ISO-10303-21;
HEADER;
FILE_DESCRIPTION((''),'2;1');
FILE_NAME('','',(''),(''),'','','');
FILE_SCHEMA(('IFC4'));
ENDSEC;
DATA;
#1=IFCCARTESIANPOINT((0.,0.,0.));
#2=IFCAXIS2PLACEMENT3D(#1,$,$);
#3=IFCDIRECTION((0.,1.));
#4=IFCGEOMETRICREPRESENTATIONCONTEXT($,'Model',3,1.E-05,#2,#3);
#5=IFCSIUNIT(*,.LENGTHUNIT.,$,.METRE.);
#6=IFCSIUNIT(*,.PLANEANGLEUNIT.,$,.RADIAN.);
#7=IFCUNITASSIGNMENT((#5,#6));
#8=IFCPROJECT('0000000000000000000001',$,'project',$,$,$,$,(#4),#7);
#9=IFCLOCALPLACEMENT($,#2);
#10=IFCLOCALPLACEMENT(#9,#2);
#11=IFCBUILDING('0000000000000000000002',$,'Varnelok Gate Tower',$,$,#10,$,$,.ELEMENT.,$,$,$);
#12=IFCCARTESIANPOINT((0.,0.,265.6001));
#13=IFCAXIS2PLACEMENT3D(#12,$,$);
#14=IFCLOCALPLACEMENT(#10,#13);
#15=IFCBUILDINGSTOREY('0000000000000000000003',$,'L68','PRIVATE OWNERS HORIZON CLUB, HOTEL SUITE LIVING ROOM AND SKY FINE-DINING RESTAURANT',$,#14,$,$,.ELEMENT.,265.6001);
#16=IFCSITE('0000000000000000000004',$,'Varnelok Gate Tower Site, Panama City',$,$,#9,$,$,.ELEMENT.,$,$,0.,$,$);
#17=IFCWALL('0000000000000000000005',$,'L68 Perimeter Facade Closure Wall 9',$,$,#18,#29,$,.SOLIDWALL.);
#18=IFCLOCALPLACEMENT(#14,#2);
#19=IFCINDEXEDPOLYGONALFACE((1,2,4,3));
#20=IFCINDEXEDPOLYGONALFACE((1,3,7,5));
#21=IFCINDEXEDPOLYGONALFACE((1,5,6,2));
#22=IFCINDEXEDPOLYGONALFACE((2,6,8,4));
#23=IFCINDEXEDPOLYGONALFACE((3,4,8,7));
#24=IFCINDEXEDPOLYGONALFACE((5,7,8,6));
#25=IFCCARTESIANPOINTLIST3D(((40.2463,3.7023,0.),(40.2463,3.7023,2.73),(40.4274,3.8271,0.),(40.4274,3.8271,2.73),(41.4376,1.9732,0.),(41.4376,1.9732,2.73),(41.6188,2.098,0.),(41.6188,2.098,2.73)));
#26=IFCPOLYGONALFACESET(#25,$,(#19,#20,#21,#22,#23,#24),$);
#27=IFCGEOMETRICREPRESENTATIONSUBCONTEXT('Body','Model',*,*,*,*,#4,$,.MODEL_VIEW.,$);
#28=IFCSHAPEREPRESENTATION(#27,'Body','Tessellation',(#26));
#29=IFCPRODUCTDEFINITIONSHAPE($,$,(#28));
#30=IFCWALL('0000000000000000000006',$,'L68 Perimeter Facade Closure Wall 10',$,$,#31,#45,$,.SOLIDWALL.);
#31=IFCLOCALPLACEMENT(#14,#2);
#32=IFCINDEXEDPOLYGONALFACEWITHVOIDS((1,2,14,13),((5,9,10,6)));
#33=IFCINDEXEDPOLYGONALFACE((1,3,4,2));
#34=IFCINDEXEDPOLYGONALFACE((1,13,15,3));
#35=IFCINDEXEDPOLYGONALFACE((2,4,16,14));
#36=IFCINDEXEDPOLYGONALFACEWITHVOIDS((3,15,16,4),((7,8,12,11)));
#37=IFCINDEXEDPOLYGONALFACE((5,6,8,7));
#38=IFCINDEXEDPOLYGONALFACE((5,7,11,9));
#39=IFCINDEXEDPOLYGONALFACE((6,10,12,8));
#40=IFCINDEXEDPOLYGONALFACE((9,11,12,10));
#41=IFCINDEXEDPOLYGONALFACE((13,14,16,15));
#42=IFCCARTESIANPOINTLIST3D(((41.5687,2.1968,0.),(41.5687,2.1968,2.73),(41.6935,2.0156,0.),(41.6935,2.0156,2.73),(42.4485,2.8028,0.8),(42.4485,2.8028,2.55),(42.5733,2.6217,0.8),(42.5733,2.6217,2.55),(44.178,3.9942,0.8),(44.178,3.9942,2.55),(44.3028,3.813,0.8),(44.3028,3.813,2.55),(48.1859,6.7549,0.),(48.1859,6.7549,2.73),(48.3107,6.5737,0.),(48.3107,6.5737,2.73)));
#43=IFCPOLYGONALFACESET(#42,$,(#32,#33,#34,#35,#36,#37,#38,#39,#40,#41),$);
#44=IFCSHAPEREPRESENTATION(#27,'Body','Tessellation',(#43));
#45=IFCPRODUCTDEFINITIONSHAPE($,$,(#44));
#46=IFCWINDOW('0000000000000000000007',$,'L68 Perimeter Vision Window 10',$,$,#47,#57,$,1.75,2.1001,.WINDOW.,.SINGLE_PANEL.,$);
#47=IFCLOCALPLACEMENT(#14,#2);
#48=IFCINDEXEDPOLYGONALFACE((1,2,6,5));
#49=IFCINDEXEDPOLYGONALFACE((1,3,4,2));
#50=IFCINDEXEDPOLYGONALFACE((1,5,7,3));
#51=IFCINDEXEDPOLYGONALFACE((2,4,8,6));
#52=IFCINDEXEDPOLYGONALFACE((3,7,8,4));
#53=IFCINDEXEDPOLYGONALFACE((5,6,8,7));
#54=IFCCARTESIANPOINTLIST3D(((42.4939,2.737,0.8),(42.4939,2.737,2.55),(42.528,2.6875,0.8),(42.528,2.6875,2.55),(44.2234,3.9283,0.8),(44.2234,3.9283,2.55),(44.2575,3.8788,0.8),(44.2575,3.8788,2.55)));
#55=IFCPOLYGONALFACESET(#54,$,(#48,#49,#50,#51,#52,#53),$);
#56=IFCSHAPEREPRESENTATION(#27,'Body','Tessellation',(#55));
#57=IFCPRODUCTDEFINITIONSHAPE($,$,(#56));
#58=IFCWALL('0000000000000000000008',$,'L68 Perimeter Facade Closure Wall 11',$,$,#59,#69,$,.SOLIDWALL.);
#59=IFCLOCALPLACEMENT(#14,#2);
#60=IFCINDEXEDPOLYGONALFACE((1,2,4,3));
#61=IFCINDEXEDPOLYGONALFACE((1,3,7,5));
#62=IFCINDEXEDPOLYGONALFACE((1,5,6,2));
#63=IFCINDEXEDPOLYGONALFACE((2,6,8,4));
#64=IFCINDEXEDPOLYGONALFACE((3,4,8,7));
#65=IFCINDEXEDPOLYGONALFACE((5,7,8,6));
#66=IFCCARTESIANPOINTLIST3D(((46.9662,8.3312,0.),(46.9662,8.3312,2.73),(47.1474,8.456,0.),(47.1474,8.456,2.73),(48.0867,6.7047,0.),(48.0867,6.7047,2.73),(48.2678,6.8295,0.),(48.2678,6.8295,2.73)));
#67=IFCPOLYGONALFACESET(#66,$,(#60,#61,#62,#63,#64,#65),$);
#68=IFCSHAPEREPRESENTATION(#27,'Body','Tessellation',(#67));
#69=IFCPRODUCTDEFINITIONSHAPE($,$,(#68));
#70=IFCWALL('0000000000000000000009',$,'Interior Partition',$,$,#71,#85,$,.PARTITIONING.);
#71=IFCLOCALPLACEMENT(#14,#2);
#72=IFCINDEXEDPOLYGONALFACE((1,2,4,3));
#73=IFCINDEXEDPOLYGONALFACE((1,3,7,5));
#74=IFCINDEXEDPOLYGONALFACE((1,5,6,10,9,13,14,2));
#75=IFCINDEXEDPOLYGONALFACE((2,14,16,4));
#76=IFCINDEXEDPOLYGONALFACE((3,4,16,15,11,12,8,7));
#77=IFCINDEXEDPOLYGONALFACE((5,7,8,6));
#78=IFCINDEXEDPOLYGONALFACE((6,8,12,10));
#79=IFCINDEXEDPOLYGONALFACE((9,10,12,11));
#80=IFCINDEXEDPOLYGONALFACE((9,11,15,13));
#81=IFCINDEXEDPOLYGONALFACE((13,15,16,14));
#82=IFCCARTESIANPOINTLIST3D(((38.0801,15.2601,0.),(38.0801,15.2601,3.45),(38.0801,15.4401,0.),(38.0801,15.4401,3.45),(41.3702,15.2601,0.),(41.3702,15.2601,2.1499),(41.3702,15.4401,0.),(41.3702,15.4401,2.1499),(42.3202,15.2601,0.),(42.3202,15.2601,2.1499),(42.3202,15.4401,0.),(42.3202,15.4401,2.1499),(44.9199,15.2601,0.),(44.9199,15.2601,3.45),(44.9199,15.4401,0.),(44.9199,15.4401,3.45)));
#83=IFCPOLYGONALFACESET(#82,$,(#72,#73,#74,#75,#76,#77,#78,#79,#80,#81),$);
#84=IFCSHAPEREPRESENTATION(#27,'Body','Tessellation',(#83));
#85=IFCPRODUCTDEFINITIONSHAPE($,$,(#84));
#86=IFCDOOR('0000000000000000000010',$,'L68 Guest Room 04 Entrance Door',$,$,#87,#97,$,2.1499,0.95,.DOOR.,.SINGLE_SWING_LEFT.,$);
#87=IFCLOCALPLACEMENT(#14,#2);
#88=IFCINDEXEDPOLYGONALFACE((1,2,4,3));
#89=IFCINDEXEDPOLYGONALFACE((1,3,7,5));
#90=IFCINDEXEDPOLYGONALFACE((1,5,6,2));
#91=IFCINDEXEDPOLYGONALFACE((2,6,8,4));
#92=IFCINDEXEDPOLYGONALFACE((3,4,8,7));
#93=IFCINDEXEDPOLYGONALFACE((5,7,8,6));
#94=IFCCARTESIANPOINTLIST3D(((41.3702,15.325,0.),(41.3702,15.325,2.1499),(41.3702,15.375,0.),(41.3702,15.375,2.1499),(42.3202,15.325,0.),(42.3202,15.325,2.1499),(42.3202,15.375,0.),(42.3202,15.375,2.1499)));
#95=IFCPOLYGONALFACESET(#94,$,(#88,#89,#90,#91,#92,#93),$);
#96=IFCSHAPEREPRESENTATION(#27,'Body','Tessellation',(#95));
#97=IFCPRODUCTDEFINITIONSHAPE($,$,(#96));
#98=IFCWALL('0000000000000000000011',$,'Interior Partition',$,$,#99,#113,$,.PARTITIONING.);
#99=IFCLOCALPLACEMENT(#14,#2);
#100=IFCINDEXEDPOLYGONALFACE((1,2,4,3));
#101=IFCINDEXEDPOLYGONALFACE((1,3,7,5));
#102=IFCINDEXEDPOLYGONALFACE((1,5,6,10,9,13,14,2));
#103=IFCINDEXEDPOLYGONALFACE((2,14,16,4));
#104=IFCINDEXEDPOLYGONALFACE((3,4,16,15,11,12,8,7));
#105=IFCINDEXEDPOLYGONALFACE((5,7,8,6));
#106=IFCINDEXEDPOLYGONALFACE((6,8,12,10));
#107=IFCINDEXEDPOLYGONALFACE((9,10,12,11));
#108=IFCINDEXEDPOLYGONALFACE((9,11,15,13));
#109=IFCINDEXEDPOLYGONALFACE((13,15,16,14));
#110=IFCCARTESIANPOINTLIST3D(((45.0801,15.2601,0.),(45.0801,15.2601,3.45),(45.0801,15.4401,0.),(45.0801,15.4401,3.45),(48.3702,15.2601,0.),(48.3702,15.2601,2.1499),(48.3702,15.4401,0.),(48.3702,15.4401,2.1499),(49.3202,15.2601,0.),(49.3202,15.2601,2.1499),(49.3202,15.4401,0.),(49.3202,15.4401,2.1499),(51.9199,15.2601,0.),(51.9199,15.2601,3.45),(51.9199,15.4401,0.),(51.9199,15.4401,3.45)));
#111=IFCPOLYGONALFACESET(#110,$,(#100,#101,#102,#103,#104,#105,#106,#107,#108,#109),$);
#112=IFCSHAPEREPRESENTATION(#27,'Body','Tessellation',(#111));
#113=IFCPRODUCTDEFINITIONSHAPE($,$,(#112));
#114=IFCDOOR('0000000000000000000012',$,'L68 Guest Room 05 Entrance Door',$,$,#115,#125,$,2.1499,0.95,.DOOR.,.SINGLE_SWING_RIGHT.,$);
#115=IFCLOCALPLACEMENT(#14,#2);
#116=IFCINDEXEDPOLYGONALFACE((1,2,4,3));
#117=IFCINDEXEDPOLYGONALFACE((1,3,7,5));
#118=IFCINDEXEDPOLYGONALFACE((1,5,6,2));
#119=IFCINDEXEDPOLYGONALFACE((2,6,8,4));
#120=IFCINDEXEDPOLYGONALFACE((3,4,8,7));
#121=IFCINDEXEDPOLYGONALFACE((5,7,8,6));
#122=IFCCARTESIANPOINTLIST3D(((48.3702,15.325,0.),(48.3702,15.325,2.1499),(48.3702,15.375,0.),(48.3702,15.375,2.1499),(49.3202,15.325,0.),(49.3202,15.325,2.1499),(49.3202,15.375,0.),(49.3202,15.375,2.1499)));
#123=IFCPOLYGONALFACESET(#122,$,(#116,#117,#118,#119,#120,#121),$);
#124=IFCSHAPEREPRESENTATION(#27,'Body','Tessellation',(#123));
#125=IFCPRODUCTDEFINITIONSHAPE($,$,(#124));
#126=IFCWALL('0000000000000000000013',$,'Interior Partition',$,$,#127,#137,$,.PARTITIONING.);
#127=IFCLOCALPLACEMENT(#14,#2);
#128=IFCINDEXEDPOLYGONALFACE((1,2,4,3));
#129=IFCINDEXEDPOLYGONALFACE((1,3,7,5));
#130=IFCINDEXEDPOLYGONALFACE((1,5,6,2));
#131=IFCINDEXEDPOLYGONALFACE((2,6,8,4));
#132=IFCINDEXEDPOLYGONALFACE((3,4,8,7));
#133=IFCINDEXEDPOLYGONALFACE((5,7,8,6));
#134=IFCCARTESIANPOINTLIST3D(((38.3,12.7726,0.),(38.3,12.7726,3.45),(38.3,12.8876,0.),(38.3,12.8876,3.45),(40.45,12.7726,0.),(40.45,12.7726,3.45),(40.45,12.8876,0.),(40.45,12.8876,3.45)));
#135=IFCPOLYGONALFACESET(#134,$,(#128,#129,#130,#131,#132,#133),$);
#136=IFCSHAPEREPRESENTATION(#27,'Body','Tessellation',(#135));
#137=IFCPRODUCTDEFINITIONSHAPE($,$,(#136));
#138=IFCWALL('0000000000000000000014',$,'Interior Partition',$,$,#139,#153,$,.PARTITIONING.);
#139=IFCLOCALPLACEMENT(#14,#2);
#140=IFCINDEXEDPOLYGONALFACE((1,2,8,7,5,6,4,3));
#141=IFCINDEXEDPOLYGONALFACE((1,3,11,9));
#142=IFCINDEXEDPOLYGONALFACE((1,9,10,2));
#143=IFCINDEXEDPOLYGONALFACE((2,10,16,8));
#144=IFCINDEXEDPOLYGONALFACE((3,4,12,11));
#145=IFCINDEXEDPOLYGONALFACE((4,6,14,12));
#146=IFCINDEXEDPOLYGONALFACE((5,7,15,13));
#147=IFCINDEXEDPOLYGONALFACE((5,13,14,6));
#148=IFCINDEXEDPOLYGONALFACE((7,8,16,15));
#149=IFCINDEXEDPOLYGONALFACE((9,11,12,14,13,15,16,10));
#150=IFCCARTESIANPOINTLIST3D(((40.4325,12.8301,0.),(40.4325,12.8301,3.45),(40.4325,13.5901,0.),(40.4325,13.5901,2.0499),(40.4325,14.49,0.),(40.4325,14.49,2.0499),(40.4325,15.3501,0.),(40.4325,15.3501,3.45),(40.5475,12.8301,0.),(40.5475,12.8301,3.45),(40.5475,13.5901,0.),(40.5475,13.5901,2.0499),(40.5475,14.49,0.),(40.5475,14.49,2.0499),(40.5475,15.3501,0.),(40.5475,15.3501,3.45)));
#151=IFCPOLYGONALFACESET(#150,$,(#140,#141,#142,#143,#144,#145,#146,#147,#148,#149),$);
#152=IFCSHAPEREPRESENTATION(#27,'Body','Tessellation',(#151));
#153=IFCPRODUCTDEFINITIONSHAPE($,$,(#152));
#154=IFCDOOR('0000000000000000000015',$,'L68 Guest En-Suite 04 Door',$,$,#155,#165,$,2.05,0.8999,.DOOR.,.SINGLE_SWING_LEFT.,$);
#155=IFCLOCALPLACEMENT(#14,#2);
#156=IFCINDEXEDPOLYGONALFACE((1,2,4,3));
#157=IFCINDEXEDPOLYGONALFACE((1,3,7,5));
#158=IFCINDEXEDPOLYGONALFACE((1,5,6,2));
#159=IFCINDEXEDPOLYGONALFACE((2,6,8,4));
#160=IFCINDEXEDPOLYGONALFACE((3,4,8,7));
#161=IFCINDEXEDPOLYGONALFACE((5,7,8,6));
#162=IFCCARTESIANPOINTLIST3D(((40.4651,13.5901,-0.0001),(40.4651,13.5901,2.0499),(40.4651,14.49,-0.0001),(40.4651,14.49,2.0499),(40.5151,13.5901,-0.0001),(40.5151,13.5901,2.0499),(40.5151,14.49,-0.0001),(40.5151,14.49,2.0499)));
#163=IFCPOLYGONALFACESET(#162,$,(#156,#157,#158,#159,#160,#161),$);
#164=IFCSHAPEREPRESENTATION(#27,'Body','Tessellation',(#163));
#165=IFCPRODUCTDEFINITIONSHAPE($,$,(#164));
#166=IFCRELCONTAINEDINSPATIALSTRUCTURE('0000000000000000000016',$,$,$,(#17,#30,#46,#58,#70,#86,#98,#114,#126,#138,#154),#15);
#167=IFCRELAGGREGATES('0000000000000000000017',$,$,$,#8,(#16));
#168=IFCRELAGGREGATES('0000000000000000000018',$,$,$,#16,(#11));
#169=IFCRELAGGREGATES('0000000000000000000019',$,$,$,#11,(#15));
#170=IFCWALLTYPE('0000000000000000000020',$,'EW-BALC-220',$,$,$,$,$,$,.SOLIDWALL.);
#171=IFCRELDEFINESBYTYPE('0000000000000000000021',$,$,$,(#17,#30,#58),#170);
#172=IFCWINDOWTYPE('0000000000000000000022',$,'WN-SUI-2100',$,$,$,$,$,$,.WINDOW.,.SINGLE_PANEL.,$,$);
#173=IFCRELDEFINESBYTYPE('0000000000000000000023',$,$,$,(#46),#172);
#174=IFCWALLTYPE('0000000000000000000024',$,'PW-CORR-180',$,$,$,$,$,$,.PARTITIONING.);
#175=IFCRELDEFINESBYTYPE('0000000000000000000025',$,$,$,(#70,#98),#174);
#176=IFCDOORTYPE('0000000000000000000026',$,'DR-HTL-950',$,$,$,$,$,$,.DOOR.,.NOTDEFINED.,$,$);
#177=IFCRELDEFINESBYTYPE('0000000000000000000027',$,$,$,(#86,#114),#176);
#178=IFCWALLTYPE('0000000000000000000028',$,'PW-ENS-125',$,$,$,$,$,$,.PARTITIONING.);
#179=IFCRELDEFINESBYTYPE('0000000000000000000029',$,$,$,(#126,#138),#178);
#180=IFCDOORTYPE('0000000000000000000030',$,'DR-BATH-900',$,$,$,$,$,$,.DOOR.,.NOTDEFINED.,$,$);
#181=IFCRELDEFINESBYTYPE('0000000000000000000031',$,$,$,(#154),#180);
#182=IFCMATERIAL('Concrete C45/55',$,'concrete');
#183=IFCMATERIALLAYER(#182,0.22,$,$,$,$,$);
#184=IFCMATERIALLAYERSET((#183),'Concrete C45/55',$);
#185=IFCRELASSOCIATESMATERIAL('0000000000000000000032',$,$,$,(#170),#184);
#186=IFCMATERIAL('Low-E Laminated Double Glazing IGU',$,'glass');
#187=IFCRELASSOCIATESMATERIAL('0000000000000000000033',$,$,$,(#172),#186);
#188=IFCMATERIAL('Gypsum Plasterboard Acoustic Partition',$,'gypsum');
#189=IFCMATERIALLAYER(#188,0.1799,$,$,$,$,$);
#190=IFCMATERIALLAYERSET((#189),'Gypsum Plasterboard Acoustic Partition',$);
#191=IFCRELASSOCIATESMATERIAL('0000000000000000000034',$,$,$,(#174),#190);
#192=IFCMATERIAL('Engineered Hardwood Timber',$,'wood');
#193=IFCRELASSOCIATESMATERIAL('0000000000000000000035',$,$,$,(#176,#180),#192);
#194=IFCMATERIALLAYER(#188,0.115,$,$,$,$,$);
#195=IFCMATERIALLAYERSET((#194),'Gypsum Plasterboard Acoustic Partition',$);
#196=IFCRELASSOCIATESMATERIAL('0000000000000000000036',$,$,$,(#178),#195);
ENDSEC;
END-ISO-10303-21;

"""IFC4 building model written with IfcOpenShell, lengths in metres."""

from ifc_helpers import new_model, si_unit, direction, frame, frame_2d, origin, place, context, subcontext, project, spatial, rectangle, extrude, material, layer, layer_set, type_object, element, fill, save


model = new_model("IFC4")

# Units and contexts
model_context = context("Model", 3, precision=1e-05, world=origin(), true_north=direction((0.0, 1.0)))
body_context = subcontext(model_context, "Body", "Model", "MODEL_VIEW")
ifc_project = project(units=[si_unit("LENGTHUNIT", "METRE"), si_unit("PLANEANGLEUNIT", "RADIAN")], contexts=[model_context])

# Site, building, storey
site_placement = place(None, origin())
site = spatial("IfcSite", under=ifc_project, at=site_placement, Name="Varnelok Gate Tower Site, Panama City", CompositionType="ELEMENT", RefElevation=0.0)
building_placement = place(site_placement, origin())
building = spatial("IfcBuilding", under=site, at=building_placement, Name="Varnelok Gate Tower", CompositionType="ELEMENT")
storey_placement = place(building_placement, frame((0.0, 0.0, 265.6001)))
storey = spatial("IfcBuildingStorey", under=building, at=storey_placement, Name="L68", Description="PRIVATE OWNERS HORIZON CLUB, HOTEL SUITE LIVING ROOM AND SKY FINE-DINING RESTAURANT", CompositionType="ELEMENT", Elevation=265.6001)

# Shared definitions
ifc_material_1 = material(Name="Concrete C45/55", Category="concrete")
ifc_layer_1 = layer(ifc_material_1, 0.22)
ifc_layer_set_1 = layer_set([ifc_layer_1], Name="Concrete C45/55")
wall_type_1 = type_object("IfcWallType", Name="EW-BALC-220", PredefinedType="SOLIDWALL", material=ifc_layer_set_1)

# Wall
wall_1_placement = place(storey_placement, frame((40.3369, 3.7646, 0.0), z_axis=(0.0, 0.0, 1.0), x_axis=(0.567353, -0.823475, 0.0)))
element("IfcWall", 1, at=wall_1_placement, inside=storey, type_object=wall_type_1, Name="L68 Perimeter Facade Closure Wall 9", PredefinedType="SOLIDWALL", context=body_context, shape_type="SweptSolid", body=[
    extrude(rectangle(XDim=2.0999, YDim=0.22, at=frame_2d((1.0498, 0.0))), origin(), (0.0, 0.0, 1.0), 2.73),
])

# Wall, opening, window
wall_2_placement = place(storey_placement, frame((41.6311, 2.1062, 0.0), z_axis=(0.0, 0.0, 1.0), x_axis=(0.823531, 0.567271, 0.0)))
wall_2 = element("IfcWall", 2, at=wall_2_placement, inside=storey, type_object=wall_type_1, Name="L68 Perimeter Facade Closure Wall 10", PredefinedType="SOLIDWALL", context=body_context, shape_type="SweptSolid", body=[
    extrude(rectangle(XDim=8.0352, YDim=0.22, at=frame_2d((4.0176, 0.0))), origin(), (0.0, 0.0, 1.0), 2.73),
])
opening_1_placement = place(wall_2_placement, frame((1.0684, 0.0, 0.8)))
opening_1 = element("IfcOpeningElement", 3, at=opening_1_placement, cuts=wall_2, PredefinedType="OPENING", context=body_context, shape_type="SweptSolid", body=[
    extrude(rectangle(XDim=2.1001, YDim=1.75, at=frame_2d((1.05, 0.875))), frame((0.0, 0.1199, 0.0), z_axis=(0.0, -1.0, 0.0), x_axis=(1.0, 0.0, 0.0)), (0.0, 0.0, 1.0), 0.24),
])
ifc_material_2 = material(Name="Low-E Laminated Double Glazing IGU", Category="glass")
window_type = type_object("IfcWindowType", Name="WN-SUI-2100", PartitioningType="SINGLE_PANEL", PredefinedType="WINDOW", material=ifc_material_2)
window_placement = place(opening_1_placement, origin())
window = element("IfcWindow", 4, at=window_placement, inside=storey, type_object=window_type, Name="L68 Perimeter Vision Window 10", OverallHeight=1.75, OverallWidth=2.1001, PartitioningType="SINGLE_PANEL", PredefinedType="WINDOW", context=body_context, shape_type="SweptSolid", body=[
    extrude(rectangle(XDim=2.1001, YDim=1.75, at=frame_2d((1.05, 0.875))), frame((0.0, 0.03, 0.0), z_axis=(0.0, -1.0, 0.0), x_axis=(1.0, 0.0, 0.0)), (0.0, 0.0, 1.0), 0.0601),
])
fill(opening_1, window)

# Wall
wall_3_placement = place(storey_placement, frame((48.1772, 6.7671, 0.0), z_axis=(0.0, 0.0, 1.0), x_axis=(-0.567274, 0.823529, 0.0)))
element("IfcWall", 5, at=wall_3_placement, inside=storey, type_object=wall_type_1, Name="L68 Perimeter Facade Closure Wall 11", PredefinedType="SOLIDWALL", context=body_context, shape_type="SweptSolid", body=[
    extrude(rectangle(XDim=1.9751, YDim=0.22, at=frame_2d((0.9875, 0.0))), origin(), (0.0, 0.0, 1.0), 2.73),
])

# Walls, openings, doors
ifc_material_3 = material(Name="Gypsum Plasterboard Acoustic Partition", Category="gypsum")
ifc_layer_2 = layer(ifc_material_3, 0.1799)
ifc_layer_set_2 = layer_set([ifc_layer_2], Name="Gypsum Plasterboard Acoustic Partition")
wall_type_2 = type_object("IfcWallType", Name="PW-CORR-180", PredefinedType="PARTITIONING", material=ifc_layer_set_2)
wall_4_placement = place(storey_placement, frame((38.0801, 15.3501, 0.0), z_axis=(0.0, 0.0, 1.0), x_axis=(1.0, 0.0, 0.0)))
wall_4 = element("IfcWall", 6, at=wall_4_placement, inside=storey, type_object=wall_type_2, Name="Interior Partition", PredefinedType="PARTITIONING", context=body_context, shape_type="SweptSolid", body=[
    extrude(rectangle(XDim=6.8398, YDim=0.1799, at=frame_2d((3.4199, 0.0))), origin(), (0.0, 0.0, 1.0), 3.45),
])
opening_2_placement = place(wall_4_placement, frame((3.29, 0.0, 0.0)))
opening_2 = element("IfcOpeningElement", 7, at=opening_2_placement, cuts=wall_4, PredefinedType="OPENING", context=body_context, shape_type="SweptSolid", body=[
    extrude(rectangle(XDim=0.95, YDim=2.1499, at=frame_2d((0.4751, 1.075))), frame((0.0, 0.0999, 0.0), z_axis=(0.0, -1.0, 0.0), x_axis=(1.0, 0.0, 0.0)), (0.0, 0.0, 1.0), 0.2),
])
ifc_material_4 = material(Name="Engineered Hardwood Timber", Category="wood")
door_type_1 = type_object("IfcDoorType", Name="DR-HTL-950", OperationType="NOTDEFINED", PredefinedType="DOOR", material=ifc_material_4)
door_1_placement = place(opening_2_placement, origin())
door_1 = element("IfcDoor", 8, at=door_1_placement, inside=storey, type_object=door_type_1, Name="L68 Guest Room 04 Entrance Door", OperationType="SINGLE_SWING_LEFT", OverallHeight=2.1499, OverallWidth=0.95, PredefinedType="DOOR", context=body_context, shape_type="SweptSolid", body=[
    extrude(rectangle(XDim=0.95, YDim=2.1499, at=frame_2d((0.4751, 1.075))), frame((0.0, 0.0249, 0.0), z_axis=(0.0, -1.0, 0.0), x_axis=(1.0, 0.0, 0.0)), (0.0, 0.0, 1.0), 0.05),
])
fill(opening_2, door_1)
wall_5_placement = place(storey_placement, frame((45.0801, 15.3501, 0.0), z_axis=(0.0, 0.0, 1.0), x_axis=(1.0, 0.0, 0.0)))
wall_5 = element("IfcWall", 9, at=wall_5_placement, inside=storey, type_object=wall_type_2, Name="Interior Partition", PredefinedType="PARTITIONING", context=body_context, shape_type="SweptSolid", body=[
    extrude(rectangle(XDim=6.8398, YDim=0.1799, at=frame_2d((3.4199, 0.0))), origin(), (0.0, 0.0, 1.0), 3.45),
])
opening_3_placement = place(wall_5_placement, frame((3.29, 0.0, 0.0)))
opening_3 = element("IfcOpeningElement", 10, at=opening_3_placement, cuts=wall_5, PredefinedType="OPENING", context=body_context, shape_type="SweptSolid", body=[
    extrude(rectangle(XDim=0.95, YDim=2.1499, at=frame_2d((0.4751, 1.075))), frame((0.0, 0.0999, 0.0), z_axis=(0.0, -1.0, 0.0), x_axis=(1.0, 0.0, 0.0)), (0.0, 0.0, 1.0), 0.2),
])
door_2_placement = place(opening_3_placement, origin())
door_2 = element("IfcDoor", 11, at=door_2_placement, inside=storey, type_object=door_type_1, Name="L68 Guest Room 05 Entrance Door", OperationType="SINGLE_SWING_RIGHT", OverallHeight=2.1499, OverallWidth=0.95, PredefinedType="DOOR", context=body_context, shape_type="SweptSolid", body=[
    extrude(rectangle(XDim=0.95, YDim=2.1499, at=frame_2d((0.4751, 1.075))), frame((0.0, 0.0249, 0.0), z_axis=(0.0, -1.0, 0.0), x_axis=(1.0, 0.0, 0.0)), (0.0, 0.0, 1.0), 0.05),
])
fill(opening_3, door_2)

# Wall
ifc_layer_3 = layer(ifc_material_3, 0.115)
ifc_layer_set_3 = layer_set([ifc_layer_3], Name="Gypsum Plasterboard Acoustic Partition")
wall_type_3 = type_object("IfcWallType", Name="PW-ENS-125", PredefinedType="PARTITIONING", material=ifc_layer_set_3)
wall_6_placement = place(storey_placement, frame((38.3, 12.8301, 0.0), z_axis=(0.0, 0.0, 1.0), x_axis=(1.0, 0.0, 0.0)))
element("IfcWall", 12, at=wall_6_placement, inside=storey, type_object=wall_type_3, Name="Interior Partition", PredefinedType="PARTITIONING", context=body_context, shape_type="SweptSolid", body=[
    extrude(rectangle(XDim=2.1499, YDim=0.115, at=frame_2d((1.075, 0.0))), origin(), (0.0, 0.0, 1.0), 3.45),
])

# Wall, opening, door
wall_7_placement = place(storey_placement, frame((40.49, 12.8301, 0.0), z_axis=(0.0, 0.0, 1.0), x_axis=(0.0, 1.0, 0.0)))
wall_7 = element("IfcWall", 13, at=wall_7_placement, inside=storey, type_object=wall_type_3, Name="Interior Partition", PredefinedType="PARTITIONING", context=body_context, shape_type="SweptSolid", body=[
    extrude(rectangle(XDim=2.52, YDim=0.115, at=frame_2d((1.26, 0.0))), origin(), (0.0, 0.0, 1.0), 3.45),
])
opening_4_placement = place(wall_7_placement, frame((0.76, 0.0, 0.0)))
opening_4 = element("IfcOpeningElement", 14, at=opening_4_placement, cuts=wall_7, PredefinedType="OPENING", context=body_context, shape_type="SweptSolid", body=[
    extrude(rectangle(XDim=0.8999, YDim=2.05, at=frame_2d((0.45, 1.0249))), frame((0.0, 0.0674, 0.0), z_axis=(0.0, -1.0, 0.0), x_axis=(1.0, 0.0, 0.0)), (0.0, 0.0, 1.0), 0.135),
])
door_type_2 = type_object("IfcDoorType", Name="DR-BATH-900", OperationType="NOTDEFINED", PredefinedType="DOOR", material=ifc_material_4)
door_3_placement = place(opening_4_placement, origin())
door_3 = element("IfcDoor", 15, at=door_3_placement, inside=storey, type_object=door_type_2, Name="L68 Guest En-Suite 04 Door", OperationType="SINGLE_SWING_LEFT", OverallHeight=2.05, OverallWidth=0.8999, PredefinedType="DOOR", context=body_context, shape_type="SweptSolid", body=[
    extrude(rectangle(XDim=0.8999, YDim=2.05, at=frame_2d((0.45, 1.0249))), frame((0.0, 0.0249, 0.0), z_axis=(0.0, -1.0, 0.0), x_axis=(1.0, 0.0, 0.0)), (0.0, 0.0, 1.0), 0.05),
])
fill(opening_4, door_3)

save(model, "model.ifc")
